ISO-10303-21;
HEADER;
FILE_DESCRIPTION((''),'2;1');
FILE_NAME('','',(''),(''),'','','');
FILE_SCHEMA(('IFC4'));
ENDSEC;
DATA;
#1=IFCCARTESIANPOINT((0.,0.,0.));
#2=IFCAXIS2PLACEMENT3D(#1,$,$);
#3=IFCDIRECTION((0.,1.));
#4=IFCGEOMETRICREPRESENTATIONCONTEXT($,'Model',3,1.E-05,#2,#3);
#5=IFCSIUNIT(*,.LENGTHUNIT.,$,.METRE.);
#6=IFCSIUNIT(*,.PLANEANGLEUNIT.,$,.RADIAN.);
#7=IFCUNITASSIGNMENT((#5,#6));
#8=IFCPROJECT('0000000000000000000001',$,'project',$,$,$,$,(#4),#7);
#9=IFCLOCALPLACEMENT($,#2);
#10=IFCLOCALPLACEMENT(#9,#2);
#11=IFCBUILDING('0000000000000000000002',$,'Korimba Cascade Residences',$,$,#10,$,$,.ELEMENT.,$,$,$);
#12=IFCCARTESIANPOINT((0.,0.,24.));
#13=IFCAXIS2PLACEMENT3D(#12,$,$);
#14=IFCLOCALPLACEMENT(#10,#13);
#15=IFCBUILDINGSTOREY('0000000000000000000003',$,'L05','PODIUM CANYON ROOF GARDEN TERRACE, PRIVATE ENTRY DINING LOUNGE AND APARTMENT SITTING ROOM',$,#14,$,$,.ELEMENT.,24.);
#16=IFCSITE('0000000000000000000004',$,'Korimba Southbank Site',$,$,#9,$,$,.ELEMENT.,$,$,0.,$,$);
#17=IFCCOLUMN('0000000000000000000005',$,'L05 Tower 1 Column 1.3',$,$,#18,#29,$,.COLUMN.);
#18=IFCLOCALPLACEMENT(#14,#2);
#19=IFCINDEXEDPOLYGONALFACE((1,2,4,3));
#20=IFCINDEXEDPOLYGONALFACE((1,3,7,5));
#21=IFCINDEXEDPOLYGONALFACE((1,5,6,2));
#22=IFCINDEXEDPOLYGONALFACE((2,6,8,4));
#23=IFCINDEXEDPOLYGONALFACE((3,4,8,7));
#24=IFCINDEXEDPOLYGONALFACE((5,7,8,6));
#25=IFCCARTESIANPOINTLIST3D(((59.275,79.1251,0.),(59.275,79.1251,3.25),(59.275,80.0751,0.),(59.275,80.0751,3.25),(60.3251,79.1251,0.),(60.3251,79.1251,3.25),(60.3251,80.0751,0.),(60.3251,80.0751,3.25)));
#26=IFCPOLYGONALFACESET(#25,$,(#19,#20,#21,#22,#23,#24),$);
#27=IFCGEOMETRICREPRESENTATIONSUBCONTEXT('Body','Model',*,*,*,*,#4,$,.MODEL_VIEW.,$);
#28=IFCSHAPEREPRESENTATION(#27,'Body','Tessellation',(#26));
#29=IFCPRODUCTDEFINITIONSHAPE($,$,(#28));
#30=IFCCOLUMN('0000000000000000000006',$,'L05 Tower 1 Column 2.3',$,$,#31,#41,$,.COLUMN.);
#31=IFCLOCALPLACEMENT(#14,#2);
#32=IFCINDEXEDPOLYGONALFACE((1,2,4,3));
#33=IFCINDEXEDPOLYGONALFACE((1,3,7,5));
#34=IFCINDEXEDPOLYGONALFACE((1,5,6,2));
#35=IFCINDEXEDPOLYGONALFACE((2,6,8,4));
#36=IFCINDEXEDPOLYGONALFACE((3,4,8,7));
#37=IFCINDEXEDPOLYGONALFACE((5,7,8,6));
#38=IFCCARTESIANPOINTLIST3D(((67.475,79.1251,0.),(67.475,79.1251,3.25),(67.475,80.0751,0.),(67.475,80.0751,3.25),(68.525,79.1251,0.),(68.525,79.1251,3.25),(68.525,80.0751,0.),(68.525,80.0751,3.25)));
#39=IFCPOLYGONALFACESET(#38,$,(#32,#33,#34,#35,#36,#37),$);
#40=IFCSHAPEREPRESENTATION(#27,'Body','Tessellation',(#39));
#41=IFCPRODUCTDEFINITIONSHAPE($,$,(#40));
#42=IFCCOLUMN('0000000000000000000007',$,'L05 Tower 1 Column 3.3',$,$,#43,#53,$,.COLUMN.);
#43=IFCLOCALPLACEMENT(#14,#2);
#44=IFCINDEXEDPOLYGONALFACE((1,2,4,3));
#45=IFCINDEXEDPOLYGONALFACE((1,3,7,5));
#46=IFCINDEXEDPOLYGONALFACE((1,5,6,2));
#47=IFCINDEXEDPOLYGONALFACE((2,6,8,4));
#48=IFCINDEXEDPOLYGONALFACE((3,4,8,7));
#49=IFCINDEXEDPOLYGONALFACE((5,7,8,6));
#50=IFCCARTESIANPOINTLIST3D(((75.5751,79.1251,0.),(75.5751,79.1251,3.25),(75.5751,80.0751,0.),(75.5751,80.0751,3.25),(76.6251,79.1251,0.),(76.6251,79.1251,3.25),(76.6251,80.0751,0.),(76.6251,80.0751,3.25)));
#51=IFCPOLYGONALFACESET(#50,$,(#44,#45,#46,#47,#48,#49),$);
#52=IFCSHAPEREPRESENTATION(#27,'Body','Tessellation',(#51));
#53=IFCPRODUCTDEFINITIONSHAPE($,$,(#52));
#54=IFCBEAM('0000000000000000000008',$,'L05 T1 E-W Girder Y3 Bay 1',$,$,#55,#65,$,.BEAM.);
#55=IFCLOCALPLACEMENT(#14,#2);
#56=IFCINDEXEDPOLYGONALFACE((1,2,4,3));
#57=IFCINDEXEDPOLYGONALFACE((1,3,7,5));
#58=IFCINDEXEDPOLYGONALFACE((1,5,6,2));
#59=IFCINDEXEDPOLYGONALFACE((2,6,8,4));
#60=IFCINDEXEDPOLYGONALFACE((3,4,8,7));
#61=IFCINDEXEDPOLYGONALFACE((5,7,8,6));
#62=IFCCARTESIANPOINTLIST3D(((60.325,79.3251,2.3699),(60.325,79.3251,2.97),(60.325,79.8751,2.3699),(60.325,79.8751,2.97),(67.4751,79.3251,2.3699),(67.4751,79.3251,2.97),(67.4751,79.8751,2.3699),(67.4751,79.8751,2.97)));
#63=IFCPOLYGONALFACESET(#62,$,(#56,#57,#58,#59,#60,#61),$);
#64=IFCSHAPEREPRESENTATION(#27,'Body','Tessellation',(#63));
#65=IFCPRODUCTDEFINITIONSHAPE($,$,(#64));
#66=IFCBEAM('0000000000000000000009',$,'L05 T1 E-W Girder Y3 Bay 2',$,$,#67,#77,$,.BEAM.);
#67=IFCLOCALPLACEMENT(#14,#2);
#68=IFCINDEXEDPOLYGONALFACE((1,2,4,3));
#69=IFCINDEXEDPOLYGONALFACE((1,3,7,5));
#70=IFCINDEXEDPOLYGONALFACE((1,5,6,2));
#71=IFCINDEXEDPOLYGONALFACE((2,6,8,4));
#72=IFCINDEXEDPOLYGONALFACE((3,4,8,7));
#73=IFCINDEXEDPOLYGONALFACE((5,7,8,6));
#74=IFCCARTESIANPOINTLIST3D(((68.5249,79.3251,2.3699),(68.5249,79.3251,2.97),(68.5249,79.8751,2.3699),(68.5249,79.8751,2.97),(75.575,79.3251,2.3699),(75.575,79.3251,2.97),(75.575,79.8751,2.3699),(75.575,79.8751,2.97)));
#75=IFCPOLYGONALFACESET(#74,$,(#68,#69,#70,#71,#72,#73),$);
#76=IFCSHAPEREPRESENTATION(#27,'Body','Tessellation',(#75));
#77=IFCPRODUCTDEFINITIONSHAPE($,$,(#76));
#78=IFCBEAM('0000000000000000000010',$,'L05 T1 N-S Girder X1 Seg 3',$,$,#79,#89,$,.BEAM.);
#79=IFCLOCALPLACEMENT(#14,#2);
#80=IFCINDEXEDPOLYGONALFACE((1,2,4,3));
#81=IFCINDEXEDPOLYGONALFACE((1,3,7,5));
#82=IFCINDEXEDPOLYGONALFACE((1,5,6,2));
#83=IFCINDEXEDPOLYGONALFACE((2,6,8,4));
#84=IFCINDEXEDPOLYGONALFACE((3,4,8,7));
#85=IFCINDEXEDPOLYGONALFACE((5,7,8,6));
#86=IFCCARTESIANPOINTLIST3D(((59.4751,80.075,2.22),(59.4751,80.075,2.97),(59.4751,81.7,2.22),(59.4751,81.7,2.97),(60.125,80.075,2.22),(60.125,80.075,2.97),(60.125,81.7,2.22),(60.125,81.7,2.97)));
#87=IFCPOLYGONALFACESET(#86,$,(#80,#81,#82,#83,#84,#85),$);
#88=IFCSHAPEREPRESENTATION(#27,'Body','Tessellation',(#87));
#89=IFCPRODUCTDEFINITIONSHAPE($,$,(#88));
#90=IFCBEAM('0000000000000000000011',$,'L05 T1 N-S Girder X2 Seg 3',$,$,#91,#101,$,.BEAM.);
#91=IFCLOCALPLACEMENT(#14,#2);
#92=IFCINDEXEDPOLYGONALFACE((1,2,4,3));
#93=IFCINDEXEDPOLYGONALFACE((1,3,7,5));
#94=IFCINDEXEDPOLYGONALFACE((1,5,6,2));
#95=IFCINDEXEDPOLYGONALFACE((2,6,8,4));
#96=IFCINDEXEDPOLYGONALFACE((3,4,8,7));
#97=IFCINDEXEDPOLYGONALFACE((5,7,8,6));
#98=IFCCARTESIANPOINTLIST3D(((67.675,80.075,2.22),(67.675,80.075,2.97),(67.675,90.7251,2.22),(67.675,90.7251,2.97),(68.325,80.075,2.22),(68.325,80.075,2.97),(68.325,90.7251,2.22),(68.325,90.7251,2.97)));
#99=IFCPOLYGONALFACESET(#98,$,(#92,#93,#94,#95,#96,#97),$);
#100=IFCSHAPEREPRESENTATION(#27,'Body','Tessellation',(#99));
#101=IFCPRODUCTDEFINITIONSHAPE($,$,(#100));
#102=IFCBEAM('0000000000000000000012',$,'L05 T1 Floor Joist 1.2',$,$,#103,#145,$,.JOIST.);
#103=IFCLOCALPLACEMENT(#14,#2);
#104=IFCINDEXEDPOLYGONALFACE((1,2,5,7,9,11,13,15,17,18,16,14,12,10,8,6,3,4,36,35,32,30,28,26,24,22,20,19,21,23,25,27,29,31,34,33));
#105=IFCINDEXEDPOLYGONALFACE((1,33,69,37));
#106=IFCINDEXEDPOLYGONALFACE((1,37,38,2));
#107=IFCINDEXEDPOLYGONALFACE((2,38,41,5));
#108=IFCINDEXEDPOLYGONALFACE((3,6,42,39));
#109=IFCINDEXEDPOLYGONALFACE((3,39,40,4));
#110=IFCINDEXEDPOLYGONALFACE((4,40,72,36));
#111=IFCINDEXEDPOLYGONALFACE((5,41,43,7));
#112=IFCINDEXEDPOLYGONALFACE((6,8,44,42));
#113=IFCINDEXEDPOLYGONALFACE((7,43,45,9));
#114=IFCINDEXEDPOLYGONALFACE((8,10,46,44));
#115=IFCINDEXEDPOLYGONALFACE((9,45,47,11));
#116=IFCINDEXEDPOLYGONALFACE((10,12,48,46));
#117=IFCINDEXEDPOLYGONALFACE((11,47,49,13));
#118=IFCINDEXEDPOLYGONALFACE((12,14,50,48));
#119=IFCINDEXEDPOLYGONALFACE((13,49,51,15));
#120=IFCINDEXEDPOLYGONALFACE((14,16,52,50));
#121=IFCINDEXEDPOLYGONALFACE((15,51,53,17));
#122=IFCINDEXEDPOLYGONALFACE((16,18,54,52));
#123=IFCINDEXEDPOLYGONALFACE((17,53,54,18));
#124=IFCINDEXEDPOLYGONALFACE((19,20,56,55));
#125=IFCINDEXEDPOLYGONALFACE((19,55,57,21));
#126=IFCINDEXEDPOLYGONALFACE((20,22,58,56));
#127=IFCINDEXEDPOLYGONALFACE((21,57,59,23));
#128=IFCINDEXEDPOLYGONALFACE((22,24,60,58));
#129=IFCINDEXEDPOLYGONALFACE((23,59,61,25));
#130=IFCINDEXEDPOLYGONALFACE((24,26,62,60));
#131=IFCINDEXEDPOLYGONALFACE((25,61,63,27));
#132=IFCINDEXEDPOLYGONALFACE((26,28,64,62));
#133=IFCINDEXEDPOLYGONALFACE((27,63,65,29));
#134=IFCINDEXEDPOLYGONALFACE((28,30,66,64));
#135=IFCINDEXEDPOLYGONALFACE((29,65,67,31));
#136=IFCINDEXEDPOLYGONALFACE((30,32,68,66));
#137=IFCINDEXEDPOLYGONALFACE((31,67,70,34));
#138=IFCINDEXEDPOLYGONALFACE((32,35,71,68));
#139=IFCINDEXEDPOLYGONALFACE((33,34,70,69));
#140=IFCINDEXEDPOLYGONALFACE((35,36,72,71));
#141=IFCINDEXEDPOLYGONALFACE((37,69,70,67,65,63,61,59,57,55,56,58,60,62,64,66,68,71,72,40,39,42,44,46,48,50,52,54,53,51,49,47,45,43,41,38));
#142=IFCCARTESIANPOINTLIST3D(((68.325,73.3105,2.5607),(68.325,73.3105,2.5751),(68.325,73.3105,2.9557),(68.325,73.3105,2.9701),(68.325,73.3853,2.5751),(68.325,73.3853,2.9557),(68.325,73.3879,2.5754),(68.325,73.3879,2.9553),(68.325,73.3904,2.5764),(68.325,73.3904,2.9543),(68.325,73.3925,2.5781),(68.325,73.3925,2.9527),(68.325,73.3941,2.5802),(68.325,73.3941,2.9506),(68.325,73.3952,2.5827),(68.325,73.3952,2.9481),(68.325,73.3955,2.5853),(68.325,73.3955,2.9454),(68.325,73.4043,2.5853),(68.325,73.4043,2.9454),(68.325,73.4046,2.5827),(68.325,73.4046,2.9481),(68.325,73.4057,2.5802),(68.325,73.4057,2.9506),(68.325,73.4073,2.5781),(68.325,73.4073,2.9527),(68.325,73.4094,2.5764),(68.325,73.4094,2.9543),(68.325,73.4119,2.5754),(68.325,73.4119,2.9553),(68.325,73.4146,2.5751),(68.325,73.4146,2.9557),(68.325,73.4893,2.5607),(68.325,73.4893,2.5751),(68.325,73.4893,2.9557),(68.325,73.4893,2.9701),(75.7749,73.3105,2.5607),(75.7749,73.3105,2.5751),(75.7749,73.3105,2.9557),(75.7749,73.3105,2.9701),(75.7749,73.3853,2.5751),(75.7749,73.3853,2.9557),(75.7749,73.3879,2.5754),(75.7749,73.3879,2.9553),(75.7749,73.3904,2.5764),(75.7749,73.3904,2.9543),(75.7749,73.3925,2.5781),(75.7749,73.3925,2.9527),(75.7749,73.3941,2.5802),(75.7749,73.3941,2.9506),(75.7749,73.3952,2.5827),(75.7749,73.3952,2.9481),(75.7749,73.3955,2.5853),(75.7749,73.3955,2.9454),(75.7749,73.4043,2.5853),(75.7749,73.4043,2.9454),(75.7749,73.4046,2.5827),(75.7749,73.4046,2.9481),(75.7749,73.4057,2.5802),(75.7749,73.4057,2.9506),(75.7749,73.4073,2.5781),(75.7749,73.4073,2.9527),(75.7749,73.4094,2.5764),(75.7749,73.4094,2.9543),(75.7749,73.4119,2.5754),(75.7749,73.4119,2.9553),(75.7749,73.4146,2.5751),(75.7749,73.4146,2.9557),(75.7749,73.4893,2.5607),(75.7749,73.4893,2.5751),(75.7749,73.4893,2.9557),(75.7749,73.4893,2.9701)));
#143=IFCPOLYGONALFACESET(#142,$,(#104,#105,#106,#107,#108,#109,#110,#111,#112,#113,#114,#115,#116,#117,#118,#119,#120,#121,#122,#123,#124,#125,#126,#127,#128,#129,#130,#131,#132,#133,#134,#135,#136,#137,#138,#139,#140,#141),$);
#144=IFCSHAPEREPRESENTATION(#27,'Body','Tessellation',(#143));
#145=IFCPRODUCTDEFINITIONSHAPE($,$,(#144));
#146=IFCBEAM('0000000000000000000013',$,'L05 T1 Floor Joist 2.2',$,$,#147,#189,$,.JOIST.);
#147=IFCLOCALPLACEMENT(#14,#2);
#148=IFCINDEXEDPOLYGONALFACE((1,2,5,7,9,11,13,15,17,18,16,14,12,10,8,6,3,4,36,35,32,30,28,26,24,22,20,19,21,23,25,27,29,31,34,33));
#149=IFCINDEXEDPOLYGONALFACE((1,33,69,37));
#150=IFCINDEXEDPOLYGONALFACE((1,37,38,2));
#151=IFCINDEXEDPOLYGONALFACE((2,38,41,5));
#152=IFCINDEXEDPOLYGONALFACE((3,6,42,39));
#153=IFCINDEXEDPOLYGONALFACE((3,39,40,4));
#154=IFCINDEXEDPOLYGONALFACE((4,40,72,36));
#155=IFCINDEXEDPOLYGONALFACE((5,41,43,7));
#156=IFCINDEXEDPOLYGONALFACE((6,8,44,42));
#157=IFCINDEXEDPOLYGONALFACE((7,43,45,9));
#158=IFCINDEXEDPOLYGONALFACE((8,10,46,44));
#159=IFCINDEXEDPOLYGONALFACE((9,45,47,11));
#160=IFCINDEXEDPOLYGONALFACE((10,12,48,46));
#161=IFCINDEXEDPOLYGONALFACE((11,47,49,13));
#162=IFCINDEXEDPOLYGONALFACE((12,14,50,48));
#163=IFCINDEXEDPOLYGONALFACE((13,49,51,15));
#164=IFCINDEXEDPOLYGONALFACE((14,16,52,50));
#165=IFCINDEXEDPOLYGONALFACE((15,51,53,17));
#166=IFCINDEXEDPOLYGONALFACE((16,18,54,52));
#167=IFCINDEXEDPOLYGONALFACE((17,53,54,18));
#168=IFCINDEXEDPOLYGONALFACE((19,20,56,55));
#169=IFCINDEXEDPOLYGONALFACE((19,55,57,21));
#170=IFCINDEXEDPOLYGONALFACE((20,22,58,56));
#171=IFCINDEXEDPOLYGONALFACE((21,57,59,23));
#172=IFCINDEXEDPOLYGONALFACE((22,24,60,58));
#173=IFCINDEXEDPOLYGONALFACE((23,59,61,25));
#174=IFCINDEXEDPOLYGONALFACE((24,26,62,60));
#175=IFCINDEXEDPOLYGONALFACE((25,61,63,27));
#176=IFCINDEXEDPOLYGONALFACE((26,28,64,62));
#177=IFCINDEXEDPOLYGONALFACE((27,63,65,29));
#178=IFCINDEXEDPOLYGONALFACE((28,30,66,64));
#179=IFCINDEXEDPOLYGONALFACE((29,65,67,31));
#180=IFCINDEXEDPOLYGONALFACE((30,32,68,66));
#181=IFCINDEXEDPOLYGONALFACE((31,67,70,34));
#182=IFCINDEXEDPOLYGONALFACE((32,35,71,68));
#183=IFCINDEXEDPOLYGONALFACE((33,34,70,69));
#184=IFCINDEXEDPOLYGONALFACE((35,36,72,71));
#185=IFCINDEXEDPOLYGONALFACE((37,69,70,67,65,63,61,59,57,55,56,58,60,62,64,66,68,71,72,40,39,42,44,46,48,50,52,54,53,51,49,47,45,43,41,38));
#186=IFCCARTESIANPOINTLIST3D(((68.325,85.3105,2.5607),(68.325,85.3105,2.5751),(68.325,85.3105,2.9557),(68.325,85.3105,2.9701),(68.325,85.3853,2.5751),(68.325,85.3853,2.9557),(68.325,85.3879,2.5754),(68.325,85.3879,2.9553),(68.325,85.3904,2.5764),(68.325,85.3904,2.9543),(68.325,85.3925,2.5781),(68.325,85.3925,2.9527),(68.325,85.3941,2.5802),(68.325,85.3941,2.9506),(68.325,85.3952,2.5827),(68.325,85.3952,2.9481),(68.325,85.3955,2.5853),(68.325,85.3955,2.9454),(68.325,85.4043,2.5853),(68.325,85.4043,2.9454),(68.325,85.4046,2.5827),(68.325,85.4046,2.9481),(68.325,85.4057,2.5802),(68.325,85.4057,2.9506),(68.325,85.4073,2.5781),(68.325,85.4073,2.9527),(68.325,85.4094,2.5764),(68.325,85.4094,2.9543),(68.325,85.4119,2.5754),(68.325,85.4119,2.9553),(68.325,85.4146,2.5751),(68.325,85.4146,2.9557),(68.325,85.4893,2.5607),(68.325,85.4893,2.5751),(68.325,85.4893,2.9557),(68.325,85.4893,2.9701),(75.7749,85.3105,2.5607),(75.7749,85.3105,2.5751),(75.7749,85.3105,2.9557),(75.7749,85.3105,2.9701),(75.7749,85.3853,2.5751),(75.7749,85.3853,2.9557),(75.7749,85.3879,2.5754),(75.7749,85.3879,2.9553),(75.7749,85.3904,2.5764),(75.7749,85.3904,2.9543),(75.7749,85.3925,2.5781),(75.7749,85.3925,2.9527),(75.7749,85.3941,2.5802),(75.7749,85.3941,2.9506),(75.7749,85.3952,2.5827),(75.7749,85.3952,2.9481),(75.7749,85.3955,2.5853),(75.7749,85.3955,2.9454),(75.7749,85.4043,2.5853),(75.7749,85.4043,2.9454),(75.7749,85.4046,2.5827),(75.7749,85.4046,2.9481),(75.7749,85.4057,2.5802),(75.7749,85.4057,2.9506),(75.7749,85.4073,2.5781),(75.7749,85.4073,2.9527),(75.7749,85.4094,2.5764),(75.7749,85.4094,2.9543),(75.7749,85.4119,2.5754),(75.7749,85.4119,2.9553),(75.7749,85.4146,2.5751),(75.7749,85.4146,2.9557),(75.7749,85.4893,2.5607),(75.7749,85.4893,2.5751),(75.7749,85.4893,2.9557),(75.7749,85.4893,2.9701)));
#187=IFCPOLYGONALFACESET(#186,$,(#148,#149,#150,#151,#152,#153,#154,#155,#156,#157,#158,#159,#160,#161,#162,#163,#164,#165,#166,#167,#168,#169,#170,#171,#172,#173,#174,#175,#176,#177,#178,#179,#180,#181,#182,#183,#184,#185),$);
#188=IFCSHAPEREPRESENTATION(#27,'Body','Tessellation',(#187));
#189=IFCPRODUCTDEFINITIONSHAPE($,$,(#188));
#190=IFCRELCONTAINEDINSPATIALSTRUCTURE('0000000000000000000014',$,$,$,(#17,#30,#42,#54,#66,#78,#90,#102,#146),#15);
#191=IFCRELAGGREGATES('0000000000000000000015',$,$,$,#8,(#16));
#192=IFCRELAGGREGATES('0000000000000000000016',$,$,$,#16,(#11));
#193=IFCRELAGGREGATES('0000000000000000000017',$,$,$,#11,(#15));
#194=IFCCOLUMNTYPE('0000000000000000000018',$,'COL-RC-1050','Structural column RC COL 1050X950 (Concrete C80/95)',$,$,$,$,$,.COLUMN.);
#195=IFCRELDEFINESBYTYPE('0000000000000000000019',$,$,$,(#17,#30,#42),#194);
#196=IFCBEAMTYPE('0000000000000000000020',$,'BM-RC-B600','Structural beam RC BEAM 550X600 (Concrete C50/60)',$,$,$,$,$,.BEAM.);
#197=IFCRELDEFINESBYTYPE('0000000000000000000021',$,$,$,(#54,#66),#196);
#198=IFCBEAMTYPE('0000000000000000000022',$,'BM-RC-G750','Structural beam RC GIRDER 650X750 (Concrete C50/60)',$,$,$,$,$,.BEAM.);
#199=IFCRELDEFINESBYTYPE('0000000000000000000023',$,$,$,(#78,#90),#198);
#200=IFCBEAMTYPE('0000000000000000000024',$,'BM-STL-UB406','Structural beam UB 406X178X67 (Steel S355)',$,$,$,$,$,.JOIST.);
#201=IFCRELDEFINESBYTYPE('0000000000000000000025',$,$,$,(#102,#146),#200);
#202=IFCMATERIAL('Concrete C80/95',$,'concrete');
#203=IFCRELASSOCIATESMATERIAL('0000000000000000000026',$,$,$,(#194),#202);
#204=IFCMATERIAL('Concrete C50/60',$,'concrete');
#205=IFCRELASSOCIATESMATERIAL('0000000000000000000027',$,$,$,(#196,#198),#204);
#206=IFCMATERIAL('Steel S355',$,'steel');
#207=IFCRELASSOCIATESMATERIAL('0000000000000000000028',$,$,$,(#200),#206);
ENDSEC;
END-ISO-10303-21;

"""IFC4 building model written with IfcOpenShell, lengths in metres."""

from ifc_helpers import new_model, si_unit, direction, frame, origin, origin_2d, place, context, subcontext, project, spatial, rectangle, i_section, extrude, material, material_profile, profile_set, type_object, element, save


model = new_model("IFC4")

# Units and contexts
model_context = context("Model", 3, precision=1e-05, world=origin(), true_north=direction((0.0, 1.0)))
body_context = subcontext(model_context, "Body", "Model", "MODEL_VIEW")
ifc_project = project(units=[si_unit("LENGTHUNIT", "METRE"), si_unit("PLANEANGLEUNIT", "RADIAN")], contexts=[model_context])

# Site, building, storey
site_placement = place(None, origin())
site = spatial("IfcSite", under=ifc_project, at=site_placement, Name="Korimba Southbank Site", CompositionType="ELEMENT", RefElevation=0.0)
building_placement = place(site_placement, origin())
building = spatial("IfcBuilding", under=site, at=building_placement, Name="Korimba Cascade Residences", CompositionType="ELEMENT")
storey_placement = place(building_placement, frame((0.0, 0.0, 24.0)))
storey = spatial("IfcBuildingStorey", under=building, at=storey_placement, Name="L05", Description="PODIUM CANYON ROOF GARDEN TERRACE, PRIVATE ENTRY DINING LOUNGE AND APARTMENT SITTING ROOM", CompositionType="ELEMENT", Elevation=24.0)

# Columns
ifc_material_1 = material(Name="Concrete C80/95", Category="concrete")
ifc_material_profile_1 = material_profile(ifc_material_1, rectangle(XDim=1.05, YDim=0.95, at=origin_2d()), Name="Concrete C80/95")
ifc_profile_set_1 = profile_set([ifc_material_profile_1], Name="Concrete C80/95")
column_type = type_object("IfcColumnType", Name="COL-RC-1050", Description="Structural column RC COL 1050X950 (Concrete C80/95)", PredefinedType="COLUMN", material=ifc_profile_set_1)
for number, where, z_axis, x_axis, name in (
    (1, (59.8, 79.6001, 0.0), (0.0, 0.0, 1.0), (1.0, 0.0, 0.0), "L05 Tower 1 Column 1.3"),
    (2, (68.0, 79.6001, 0.0), (0.0, 0.0, 1.0), (1.0, 0.0, 0.0), "L05 Tower 1 Column 2.3"),
    (3, (76.1001, 79.6001, 0.0), (0.0, 0.0, 1.0), (1.0, 0.0, 0.0), "L05 Tower 1 Column 3.3"),
):
    element("IfcColumn", number, at=place(storey_placement, frame(where, z_axis=z_axis, x_axis=x_axis)), inside=storey, type_object=column_type, Name=name, PredefinedType="COLUMN", context=body_context, shape_type="SweptSolid", body=[
        extrude(rectangle(XDim=1.05, YDim=0.95, at=origin_2d()), origin(), (0.0, 0.0, 1.0), 3.25),
    ])

# Beams
ifc_material_2 = material(Name="Concrete C50/60", Category="concrete")
ifc_material_profile_2 = material_profile(ifc_material_2, rectangle(XDim=0.55, YDim=0.6001, at=origin_2d()), Name="Concrete C50/60")
ifc_profile_set_2 = profile_set([ifc_material_profile_2], Name="Concrete C50/60")
beam_type_1 = type_object("IfcBeamType", Name="BM-RC-B600", Description="Structural beam RC BEAM 550X600 (Concrete C50/60)", PredefinedType="BEAM", material=ifc_profile_set_2)
beam_1_placement = place(storey_placement, frame((60.325, 79.6001, 2.6699), z_axis=(1.0, 0.0, 0.0), x_axis=(0.0, 1.0, 0.0)))
element("IfcBeam", 4, at=beam_1_placement, inside=storey, type_object=beam_type_1, Name="L05 T1 E-W Girder Y3 Bay 1", PredefinedType="BEAM", context=body_context, shape_type="SweptSolid", body=[
    extrude(rectangle(XDim=0.55, YDim=0.6001, at=origin_2d()), origin(), (0.0, 0.0, 1.0), 7.1501),
])
beam_2_placement = place(storey_placement, frame((68.5249, 79.6001, 2.6699), z_axis=(1.0, 0.0, 0.0), x_axis=(0.0, 1.0, 0.0)))
element("IfcBeam", 5, at=beam_2_placement, inside=storey, type_object=beam_type_1, Name="L05 T1 E-W Girder Y3 Bay 2", PredefinedType="BEAM", context=body_context, shape_type="SweptSolid", body=[
    extrude(rectangle(XDim=0.55, YDim=0.6001, at=origin_2d()), origin(), (0.0, 0.0, 1.0), 7.05),
])
ifc_material_profile_3 = material_profile(ifc_material_2, rectangle(XDim=0.6499, YDim=0.75, at=origin_2d()), Name="Concrete C50/60")
ifc_profile_set_3 = profile_set([ifc_material_profile_3], Name="Concrete C50/60")
beam_type_2 = type_object("IfcBeamType", Name="BM-RC-G750", Description="Structural beam RC GIRDER 650X750 (Concrete C50/60)", PredefinedType="BEAM", material=ifc_profile_set_3)
beam_3_placement = place(storey_placement, frame((59.8, 80.075, 2.595), z_axis=(0.0, 1.0, 0.0), x_axis=(-1.0, 0.0, 0.0)))
element("IfcBeam", 6, at=beam_3_placement, inside=storey, type_object=beam_type_2, Name="L05 T1 N-S Girder X1 Seg 3", PredefinedType="BEAM", context=body_context, shape_type="SweptSolid", body=[
    extrude(rectangle(XDim=0.6499, YDim=0.75, at=origin_2d()), origin(), (0.0, 0.0, 1.0), 1.625),
])
beam_4_placement = place(storey_placement, frame((68.0, 80.075, 2.595), z_axis=(0.0, 1.0, 0.0), x_axis=(-1.0, 0.0, 0.0)))
element("IfcBeam", 7, at=beam_4_placement, inside=storey, type_object=beam_type_2, Name="L05 T1 N-S Girder X2 Seg 3", PredefinedType="BEAM", context=body_context, shape_type="SweptSolid", body=[
    extrude(rectangle(XDim=0.6499, YDim=0.75, at=origin_2d()), origin(), (0.0, 0.0, 1.0), 10.6501),
])
ifc_material_3 = material(Name="Steel S355", Category="steel")
ifc_material_profile_4 = material_profile(ifc_material_3, i_section(OverallWidth=0.1787, OverallDepth=0.4094, WebThickness=0.0088, FlangeThickness=0.0144, FilletRadius=0.0103, at=origin_2d()), Name="Steel S355")
ifc_profile_set_4 = profile_set([ifc_material_profile_4], Name="Steel S355")
beam_type_3 = type_object("IfcBeamType", Name="BM-STL-UB406", Description="Structural beam UB 406X178X67 (Steel S355)", PredefinedType="JOIST", material=ifc_profile_set_4)
for number, where, z_axis, x_axis, name in (
    (8, (68.325, 73.3999, 2.7654), (1.0, 0.0, 0.0), (0.0, 1.0, 0.0), "L05 T1 Floor Joist 1.2"),
    (9, (68.325, 85.3999, 2.7654), (1.0, 0.0, 0.0), (0.0, 1.0, 0.0), "L05 T1 Floor Joist 2.2"),
):
    element("IfcBeam", number, at=place(storey_placement, frame(where, z_axis=z_axis, x_axis=x_axis)), inside=storey, type_object=beam_type_3, Name=name, PredefinedType="JOIST", context=body_context, shape_type="SweptSolid", body=[
        extrude(i_section(OverallWidth=0.1787, OverallDepth=0.4094, WebThickness=0.0088, FlangeThickness=0.0144, FilletRadius=0.0103, at=origin_2d()), origin(), (0.0, 0.0, 1.0), 7.45),
    ])

save(model, "model.ifc")
